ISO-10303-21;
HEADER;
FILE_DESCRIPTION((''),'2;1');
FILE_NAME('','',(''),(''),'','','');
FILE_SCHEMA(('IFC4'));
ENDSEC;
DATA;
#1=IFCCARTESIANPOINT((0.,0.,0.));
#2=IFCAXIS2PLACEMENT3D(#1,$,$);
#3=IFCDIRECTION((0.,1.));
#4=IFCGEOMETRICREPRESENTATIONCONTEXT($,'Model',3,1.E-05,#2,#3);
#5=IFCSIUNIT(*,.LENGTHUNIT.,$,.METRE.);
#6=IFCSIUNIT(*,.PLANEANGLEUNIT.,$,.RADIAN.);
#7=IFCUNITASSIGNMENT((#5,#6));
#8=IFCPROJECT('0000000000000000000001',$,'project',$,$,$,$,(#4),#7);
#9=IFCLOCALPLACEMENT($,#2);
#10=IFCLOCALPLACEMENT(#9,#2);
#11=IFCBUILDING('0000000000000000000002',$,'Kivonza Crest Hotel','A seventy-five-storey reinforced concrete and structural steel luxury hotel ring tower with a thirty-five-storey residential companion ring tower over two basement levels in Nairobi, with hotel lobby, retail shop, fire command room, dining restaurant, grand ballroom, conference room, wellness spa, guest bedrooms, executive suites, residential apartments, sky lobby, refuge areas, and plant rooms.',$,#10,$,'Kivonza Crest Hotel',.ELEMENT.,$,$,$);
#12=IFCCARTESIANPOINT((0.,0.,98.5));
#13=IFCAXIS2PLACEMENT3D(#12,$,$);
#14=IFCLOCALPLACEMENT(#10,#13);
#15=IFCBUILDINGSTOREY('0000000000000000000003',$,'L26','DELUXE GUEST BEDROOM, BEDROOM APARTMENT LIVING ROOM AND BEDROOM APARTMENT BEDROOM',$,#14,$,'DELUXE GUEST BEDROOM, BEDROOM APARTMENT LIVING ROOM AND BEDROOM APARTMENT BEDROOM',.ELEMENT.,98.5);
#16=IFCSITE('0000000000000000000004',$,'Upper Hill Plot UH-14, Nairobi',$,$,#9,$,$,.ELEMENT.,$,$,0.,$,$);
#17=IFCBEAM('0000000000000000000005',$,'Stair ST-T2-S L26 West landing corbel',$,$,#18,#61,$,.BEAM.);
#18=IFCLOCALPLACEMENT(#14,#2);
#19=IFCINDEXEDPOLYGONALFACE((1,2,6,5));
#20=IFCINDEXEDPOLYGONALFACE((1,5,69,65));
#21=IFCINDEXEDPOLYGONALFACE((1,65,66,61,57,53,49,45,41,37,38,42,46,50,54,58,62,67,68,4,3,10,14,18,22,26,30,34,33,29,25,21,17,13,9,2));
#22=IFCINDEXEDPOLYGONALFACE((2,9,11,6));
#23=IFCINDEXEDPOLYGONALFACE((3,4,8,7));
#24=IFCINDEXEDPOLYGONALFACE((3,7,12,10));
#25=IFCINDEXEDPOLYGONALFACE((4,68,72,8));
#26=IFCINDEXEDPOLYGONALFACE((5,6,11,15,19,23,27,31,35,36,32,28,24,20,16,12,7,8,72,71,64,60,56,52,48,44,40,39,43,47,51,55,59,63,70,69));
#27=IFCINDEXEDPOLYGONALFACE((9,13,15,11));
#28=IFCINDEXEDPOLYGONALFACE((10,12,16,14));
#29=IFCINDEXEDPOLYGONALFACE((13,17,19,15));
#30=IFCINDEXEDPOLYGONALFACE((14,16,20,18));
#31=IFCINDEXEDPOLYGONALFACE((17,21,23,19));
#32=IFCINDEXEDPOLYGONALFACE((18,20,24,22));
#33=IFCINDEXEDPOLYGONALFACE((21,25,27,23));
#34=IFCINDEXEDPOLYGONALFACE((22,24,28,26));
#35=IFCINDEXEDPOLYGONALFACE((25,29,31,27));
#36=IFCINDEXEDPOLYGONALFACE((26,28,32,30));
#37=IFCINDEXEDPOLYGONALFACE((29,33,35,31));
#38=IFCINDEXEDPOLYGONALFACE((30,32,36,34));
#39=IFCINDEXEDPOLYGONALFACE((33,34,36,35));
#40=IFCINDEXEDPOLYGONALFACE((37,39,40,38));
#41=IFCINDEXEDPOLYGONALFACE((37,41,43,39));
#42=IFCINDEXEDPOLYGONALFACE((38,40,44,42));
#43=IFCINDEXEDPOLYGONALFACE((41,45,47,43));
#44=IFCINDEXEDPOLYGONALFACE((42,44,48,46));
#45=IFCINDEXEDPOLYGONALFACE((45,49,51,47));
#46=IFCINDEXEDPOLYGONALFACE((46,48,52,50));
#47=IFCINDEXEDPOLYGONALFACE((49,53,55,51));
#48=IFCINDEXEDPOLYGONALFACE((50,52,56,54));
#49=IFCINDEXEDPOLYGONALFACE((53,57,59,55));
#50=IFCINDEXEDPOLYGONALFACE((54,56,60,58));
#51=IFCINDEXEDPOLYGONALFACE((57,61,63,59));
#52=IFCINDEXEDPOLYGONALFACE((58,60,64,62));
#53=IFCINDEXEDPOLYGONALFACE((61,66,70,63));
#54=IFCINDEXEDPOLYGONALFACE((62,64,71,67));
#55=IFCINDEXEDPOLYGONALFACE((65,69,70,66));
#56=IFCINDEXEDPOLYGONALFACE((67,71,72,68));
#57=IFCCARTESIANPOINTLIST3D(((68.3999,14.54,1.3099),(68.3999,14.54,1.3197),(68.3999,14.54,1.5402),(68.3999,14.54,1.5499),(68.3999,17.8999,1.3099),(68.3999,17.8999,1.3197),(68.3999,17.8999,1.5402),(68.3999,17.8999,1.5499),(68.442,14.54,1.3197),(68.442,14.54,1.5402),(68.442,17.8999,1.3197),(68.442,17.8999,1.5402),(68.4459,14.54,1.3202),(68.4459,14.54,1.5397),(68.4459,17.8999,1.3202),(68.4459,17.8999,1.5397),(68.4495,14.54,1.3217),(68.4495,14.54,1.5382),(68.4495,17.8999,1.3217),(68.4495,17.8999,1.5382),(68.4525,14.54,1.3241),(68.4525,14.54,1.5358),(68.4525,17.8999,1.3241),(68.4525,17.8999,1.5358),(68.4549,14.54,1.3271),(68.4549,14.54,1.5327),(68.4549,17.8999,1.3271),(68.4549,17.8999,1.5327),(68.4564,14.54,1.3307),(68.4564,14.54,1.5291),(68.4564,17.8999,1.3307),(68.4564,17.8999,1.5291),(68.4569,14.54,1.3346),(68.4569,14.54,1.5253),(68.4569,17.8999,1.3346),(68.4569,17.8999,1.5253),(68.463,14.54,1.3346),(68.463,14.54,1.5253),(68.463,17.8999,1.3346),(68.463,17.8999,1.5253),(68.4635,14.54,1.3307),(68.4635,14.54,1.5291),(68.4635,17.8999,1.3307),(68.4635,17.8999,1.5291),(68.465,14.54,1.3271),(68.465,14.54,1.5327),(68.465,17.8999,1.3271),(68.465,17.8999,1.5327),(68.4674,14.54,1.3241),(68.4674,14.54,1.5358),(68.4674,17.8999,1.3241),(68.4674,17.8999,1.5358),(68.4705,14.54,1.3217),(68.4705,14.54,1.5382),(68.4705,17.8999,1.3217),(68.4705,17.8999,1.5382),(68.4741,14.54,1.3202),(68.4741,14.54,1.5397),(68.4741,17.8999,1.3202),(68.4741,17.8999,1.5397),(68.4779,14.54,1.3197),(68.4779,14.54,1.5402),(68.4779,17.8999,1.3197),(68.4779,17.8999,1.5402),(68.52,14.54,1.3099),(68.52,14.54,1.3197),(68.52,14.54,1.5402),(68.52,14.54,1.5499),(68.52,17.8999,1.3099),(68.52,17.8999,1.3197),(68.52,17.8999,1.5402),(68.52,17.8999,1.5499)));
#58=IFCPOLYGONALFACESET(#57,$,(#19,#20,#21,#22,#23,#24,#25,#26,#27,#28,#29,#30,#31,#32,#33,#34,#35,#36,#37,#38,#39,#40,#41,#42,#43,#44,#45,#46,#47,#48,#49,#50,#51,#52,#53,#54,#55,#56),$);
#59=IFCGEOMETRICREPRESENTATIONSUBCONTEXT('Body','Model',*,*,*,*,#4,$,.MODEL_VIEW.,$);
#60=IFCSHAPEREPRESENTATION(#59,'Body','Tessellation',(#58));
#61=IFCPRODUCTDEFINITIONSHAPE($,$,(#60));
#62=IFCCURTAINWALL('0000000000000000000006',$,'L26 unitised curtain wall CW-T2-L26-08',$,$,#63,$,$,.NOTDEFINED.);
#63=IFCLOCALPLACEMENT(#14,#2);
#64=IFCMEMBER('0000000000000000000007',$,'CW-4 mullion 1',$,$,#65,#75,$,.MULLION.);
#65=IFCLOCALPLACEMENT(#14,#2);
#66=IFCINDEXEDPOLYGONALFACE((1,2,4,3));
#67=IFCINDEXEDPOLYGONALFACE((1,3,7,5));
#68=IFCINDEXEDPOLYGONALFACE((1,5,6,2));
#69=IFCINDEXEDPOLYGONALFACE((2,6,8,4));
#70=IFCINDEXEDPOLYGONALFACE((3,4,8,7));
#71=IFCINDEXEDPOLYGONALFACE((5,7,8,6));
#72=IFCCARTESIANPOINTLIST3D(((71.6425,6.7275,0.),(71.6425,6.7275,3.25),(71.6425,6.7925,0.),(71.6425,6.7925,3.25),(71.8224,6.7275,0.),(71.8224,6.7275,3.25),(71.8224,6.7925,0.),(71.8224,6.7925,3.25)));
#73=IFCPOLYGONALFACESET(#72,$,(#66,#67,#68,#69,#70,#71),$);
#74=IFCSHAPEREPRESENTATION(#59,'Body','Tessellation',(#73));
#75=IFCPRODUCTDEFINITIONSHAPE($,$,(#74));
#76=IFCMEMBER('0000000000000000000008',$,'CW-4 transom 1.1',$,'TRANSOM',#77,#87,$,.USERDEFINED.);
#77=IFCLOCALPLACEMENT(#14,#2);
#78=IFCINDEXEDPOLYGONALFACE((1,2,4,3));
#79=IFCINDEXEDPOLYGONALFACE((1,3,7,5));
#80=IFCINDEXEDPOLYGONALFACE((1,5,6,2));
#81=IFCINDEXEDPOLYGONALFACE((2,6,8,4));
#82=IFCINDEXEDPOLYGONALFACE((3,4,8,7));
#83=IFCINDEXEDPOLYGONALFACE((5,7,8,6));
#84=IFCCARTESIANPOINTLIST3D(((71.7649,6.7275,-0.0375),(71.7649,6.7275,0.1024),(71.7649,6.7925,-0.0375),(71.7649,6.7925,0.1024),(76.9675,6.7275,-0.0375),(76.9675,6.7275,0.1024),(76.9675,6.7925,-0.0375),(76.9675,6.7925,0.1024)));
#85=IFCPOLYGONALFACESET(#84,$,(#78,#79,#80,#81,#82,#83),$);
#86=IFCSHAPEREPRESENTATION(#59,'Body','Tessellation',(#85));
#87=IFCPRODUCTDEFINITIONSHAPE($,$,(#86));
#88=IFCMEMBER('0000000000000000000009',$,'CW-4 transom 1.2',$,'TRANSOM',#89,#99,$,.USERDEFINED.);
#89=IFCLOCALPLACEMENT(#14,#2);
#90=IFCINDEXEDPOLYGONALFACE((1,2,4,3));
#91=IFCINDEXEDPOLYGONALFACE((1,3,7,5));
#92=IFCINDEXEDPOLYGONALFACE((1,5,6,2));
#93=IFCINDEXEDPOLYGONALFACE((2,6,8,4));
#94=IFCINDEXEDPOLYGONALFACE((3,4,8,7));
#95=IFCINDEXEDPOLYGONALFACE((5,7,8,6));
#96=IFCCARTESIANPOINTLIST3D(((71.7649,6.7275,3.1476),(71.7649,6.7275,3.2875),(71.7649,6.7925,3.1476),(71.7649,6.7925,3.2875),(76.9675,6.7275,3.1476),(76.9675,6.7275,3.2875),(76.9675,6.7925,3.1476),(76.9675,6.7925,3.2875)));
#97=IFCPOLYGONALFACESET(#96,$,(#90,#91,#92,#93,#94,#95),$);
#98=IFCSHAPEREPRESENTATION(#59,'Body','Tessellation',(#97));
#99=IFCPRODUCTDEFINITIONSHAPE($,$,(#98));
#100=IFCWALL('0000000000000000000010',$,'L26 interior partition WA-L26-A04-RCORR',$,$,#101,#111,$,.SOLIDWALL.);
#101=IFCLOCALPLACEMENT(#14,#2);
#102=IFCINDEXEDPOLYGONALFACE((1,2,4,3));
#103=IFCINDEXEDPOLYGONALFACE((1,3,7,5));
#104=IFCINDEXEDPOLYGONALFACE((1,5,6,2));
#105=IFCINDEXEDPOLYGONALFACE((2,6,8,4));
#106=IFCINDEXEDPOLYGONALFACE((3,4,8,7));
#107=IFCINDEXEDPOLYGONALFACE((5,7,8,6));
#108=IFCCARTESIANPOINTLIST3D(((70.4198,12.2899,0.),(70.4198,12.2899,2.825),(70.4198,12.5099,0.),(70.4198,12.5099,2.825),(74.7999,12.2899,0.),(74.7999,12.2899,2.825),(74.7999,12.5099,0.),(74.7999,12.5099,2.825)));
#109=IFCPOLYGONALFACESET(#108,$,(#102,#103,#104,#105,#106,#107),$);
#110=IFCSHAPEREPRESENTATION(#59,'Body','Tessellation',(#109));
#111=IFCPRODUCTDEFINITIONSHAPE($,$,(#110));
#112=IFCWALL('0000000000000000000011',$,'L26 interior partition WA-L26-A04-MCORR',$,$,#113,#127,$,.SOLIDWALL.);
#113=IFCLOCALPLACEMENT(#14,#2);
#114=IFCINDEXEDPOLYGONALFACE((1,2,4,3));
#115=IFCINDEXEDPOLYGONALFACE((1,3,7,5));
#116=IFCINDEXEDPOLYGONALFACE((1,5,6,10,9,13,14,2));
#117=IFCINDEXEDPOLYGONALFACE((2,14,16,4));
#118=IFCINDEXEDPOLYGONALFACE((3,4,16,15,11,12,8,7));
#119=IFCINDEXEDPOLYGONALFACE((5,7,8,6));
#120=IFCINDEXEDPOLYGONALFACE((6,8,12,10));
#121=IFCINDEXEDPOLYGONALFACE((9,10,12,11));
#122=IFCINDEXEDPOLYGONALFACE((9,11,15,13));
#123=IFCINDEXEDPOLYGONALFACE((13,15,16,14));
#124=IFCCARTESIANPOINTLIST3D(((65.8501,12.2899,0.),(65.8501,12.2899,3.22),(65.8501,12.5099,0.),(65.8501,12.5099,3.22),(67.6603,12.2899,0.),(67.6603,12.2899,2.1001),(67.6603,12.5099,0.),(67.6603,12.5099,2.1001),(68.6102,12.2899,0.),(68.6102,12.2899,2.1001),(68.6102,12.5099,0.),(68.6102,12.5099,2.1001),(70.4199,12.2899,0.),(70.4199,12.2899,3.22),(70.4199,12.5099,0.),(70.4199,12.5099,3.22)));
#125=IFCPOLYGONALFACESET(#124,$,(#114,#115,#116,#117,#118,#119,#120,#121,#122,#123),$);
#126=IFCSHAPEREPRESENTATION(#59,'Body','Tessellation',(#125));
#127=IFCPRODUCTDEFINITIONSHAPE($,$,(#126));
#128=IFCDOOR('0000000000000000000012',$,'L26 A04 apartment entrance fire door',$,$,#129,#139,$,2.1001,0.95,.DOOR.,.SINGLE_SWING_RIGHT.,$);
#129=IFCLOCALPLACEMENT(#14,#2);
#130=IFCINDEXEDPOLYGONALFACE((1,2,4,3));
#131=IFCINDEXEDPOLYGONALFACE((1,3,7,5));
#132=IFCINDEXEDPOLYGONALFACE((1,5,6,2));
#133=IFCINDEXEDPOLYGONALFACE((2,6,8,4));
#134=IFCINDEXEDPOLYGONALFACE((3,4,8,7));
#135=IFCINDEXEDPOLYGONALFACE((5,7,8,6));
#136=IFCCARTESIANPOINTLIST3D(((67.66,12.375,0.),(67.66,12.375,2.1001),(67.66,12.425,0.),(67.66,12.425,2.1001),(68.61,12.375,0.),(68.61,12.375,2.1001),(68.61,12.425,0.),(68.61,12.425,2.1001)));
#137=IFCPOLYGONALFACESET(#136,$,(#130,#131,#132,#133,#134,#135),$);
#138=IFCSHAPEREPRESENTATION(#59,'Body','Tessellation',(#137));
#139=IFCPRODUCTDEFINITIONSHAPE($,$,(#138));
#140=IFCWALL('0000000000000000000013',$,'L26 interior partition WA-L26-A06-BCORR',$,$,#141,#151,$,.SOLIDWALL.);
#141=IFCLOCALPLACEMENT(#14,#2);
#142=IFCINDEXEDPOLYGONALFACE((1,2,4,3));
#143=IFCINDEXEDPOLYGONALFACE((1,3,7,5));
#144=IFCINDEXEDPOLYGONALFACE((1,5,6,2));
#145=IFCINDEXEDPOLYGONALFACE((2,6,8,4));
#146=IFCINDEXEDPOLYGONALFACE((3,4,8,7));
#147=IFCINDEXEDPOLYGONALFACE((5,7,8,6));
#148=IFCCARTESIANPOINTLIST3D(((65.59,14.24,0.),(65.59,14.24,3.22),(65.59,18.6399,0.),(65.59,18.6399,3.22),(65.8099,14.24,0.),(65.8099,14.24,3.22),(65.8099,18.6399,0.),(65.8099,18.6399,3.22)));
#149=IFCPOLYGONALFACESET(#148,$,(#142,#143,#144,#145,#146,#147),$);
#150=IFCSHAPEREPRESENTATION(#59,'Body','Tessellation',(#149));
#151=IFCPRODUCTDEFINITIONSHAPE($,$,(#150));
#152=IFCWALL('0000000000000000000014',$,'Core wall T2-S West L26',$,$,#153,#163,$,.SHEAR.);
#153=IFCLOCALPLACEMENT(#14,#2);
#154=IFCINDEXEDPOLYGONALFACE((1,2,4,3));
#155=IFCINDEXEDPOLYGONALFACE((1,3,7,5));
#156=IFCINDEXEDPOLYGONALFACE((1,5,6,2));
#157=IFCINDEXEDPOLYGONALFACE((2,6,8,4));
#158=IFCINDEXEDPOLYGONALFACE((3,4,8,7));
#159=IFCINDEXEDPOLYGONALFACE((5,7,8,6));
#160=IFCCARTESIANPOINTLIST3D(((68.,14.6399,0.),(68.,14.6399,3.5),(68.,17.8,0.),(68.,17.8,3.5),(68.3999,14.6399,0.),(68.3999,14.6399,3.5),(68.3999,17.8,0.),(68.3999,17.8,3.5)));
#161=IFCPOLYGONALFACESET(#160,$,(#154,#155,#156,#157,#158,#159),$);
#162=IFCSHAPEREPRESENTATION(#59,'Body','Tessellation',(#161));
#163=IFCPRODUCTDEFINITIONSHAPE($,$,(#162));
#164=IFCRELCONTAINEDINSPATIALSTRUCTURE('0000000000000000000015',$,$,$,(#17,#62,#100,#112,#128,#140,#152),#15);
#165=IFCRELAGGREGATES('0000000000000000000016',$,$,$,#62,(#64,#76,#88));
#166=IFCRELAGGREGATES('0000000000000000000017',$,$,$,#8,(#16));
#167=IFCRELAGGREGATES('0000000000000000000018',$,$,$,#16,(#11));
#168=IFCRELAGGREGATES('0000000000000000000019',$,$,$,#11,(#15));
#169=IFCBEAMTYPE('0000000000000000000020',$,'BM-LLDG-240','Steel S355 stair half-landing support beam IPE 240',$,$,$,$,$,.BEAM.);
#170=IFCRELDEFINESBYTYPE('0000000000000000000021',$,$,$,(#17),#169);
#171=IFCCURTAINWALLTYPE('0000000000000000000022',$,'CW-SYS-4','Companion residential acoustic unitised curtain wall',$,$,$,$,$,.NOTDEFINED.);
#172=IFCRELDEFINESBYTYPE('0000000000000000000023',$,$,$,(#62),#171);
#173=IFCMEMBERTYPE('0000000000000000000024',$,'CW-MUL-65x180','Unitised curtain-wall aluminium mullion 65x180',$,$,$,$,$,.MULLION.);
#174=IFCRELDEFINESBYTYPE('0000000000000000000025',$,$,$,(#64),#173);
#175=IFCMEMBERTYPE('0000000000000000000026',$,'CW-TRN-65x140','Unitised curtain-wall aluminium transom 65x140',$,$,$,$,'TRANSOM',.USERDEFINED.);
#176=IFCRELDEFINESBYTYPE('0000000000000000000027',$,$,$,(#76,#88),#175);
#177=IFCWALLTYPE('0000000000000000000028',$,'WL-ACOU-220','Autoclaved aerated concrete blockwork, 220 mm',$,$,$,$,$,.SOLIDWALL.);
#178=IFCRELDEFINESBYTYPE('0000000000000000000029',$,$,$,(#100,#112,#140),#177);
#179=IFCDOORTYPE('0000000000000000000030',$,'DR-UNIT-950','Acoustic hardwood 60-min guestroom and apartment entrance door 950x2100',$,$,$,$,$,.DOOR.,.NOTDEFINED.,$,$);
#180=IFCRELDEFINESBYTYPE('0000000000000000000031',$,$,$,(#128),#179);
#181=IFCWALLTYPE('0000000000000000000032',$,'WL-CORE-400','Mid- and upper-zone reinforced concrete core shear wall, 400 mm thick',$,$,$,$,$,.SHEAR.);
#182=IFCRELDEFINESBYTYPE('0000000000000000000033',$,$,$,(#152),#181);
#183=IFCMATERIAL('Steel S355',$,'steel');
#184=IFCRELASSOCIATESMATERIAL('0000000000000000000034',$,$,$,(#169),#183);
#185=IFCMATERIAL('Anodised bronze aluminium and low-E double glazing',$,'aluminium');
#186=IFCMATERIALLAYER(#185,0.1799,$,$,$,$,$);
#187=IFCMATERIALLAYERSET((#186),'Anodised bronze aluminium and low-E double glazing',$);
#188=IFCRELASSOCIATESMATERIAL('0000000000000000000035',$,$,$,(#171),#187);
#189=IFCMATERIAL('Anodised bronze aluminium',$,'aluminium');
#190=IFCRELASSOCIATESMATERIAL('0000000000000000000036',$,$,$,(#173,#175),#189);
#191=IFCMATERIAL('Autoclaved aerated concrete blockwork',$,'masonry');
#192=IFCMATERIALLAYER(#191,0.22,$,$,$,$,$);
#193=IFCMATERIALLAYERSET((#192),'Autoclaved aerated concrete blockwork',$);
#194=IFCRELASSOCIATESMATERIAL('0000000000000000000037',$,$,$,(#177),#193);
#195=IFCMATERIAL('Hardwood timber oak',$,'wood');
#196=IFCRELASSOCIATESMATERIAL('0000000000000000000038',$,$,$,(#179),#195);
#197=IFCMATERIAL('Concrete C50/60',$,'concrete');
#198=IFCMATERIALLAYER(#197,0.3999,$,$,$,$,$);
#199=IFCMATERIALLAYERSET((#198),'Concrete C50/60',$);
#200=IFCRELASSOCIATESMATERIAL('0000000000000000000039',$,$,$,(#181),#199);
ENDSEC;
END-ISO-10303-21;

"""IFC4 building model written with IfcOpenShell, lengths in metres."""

from ifc_helpers import new_model, si_unit, direction, frame, frame_2d, origin, origin_2d, place, context, subcontext, project, spatial, rectangle, i_section, extrude, material, layer, layer_set, material_profile, profile_set, type_object, element, fill, aggregate, save


model = new_model("IFC4")

# Units and contexts
model_context = context("Model", 3, precision=1e-05, world=origin(), true_north=direction((0.0, 1.0)))
body_context = subcontext(model_context, "Body", "Model", "MODEL_VIEW")
ifc_project = project(units=[si_unit("LENGTHUNIT", "METRE"), si_unit("PLANEANGLEUNIT", "RADIAN")], contexts=[model_context])

# Site, building, storey
site_placement = place(None, origin())
site = spatial("IfcSite", under=ifc_project, at=site_placement, Name="Upper Hill Plot UH-14, Nairobi", CompositionType="ELEMENT", RefElevation=0.0)
building_placement = place(site_placement, origin())
building = spatial("IfcBuilding", under=site, at=building_placement, Name="Kivonza Crest Hotel", Description="A seventy-five-storey reinforced concrete and structural steel luxury hotel ring tower with a thirty-five-storey residential companion ring tower over two basement levels in Nairobi, with hotel lobby, retail shop, fire command room, dining restaurant, grand ballroom, conference room, wellness spa, guest bedrooms, executive suites, residential apartments, sky lobby, refuge areas, and plant rooms.", LongName="Kivonza Crest Hotel", CompositionType="ELEMENT")
storey_placement = place(building_placement, frame((0.0, 0.0, 98.5)))
storey = spatial("IfcBuildingStorey", under=building, at=storey_placement, Name="L26", Description="DELUXE GUEST BEDROOM, BEDROOM APARTMENT LIVING ROOM AND BEDROOM APARTMENT BEDROOM", LongName="DELUXE GUEST BEDROOM, BEDROOM APARTMENT LIVING ROOM AND BEDROOM APARTMENT BEDROOM", CompositionType="ELEMENT", Elevation=98.5)

# Shared definitions
ifc_material_1 = material(Name="Concrete C50/60", Category="concrete")

# Beam
ifc_material_2 = material(Name="Steel S355", Category="steel")
ifc_material_profile_1 = material_profile(ifc_material_2, i_section(OverallWidth=0.1201, OverallDepth=0.24, WebThickness=0.0061, FlangeThickness=0.0098, FilletRadius=0.0149, at=origin_2d()), Name="IPE 240")
ifc_profile_set_1 = profile_set([ifc_material_profile_1], Name="Steel S355")
beam_type_1 = type_object("IfcBeamType", Name="BM-LLDG-240", Description="Steel S355 stair half-landing support beam IPE 240", PredefinedType="BEAM", material=ifc_profile_set_1)
beam_1_placement = place(storey_placement, frame((68.46, 14.54, 1.4299), z_axis=(0.0, 1.0, 0.0), x_axis=(-1.0, 0.0, 0.0)))
element("IfcBeam", 1, at=beam_1_placement, inside=storey, type_object=beam_type_1, Name="Stair ST-T2-S L26 West landing corbel", PredefinedType="BEAM", context=body_context, shape_type="SweptSolid", body=[
    extrude(i_section(OverallWidth=0.1201, OverallDepth=0.24, WebThickness=0.0061, FlangeThickness=0.0098, FilletRadius=0.0149, at=origin_2d()), origin(), (0.0, 0.0, 1.0), 3.3599),
])

# Curtain wall, members
ifc_material_3 = material(Name="Anodised bronze aluminium and low-E double glazing", Category="aluminium")
ifc_layer_1 = layer(ifc_material_3, 0.1799)
ifc_layer_set_1 = layer_set([ifc_layer_1], Name="Anodised bronze aluminium and low-E double glazing")
curtain_wall_type = type_object("IfcCurtainWallType", Name="CW-SYS-4", Description="Companion residential acoustic unitised curtain wall", PredefinedType="NOTDEFINED", material=ifc_layer_set_1)
curtain_wall_placement = place(storey_placement, origin())
curtain_wall = element("IfcCurtainWall", 2, at=curtain_wall_placement, inside=storey, type_object=curtain_wall_type, Name="L26 unitised curtain wall CW-T2-L26-08", PredefinedType="NOTDEFINED")
ifc_material_4 = material(Name="Anodised bronze aluminium", Category="aluminium")
ifc_material_profile_2 = material_profile(ifc_material_4, rectangle(XDim=0.0649, YDim=0.1799, at=origin_2d()), Name="CW-M 65x180")
ifc_profile_set_2 = profile_set([ifc_material_profile_2], Name="Anodised bronze aluminium")
member_type_1 = type_object("IfcMemberType", Name="CW-MUL-65x180", Description="Unitised curtain-wall aluminium mullion 65x180", PredefinedType="MULLION", material=ifc_profile_set_2)
member_1_placement = place(storey_placement, frame((71.7324, 6.76, 0.0), z_axis=(0.0, 0.0, 1.0), x_axis=(0.0, 1.0, 0.0)))
member_1 = element("IfcMember", 3, at=member_1_placement, type_object=member_type_1, Name="CW-4 mullion 1", PredefinedType="MULLION", context=body_context, shape_type="SweptSolid", body=[
    extrude(rectangle(XDim=0.0649, YDim=0.1799, at=origin_2d()), origin(), (0.0, 0.0, 1.0), 3.25),
])
ifc_material_profile_3 = material_profile(ifc_material_4, rectangle(XDim=0.0649, YDim=0.1399, at=origin_2d()), Name="CW-T 65x140")
ifc_profile_set_3 = profile_set([ifc_material_profile_3], Name="Anodised bronze aluminium")
member_type_2 = type_object("IfcMemberType", Name="CW-TRN-65x140", Description="Unitised curtain-wall aluminium transom 65x140", ElementType="TRANSOM", PredefinedType="USERDEFINED", material=ifc_profile_set_3)
member_2_placement = place(storey_placement, frame((71.7649, 6.76, 0.0325), z_axis=(1.0, 0.0, 0.0), x_axis=(0.0, 1.0, 0.0)))
member_2 = element("IfcMember", 4, at=member_2_placement, type_object=member_type_2, Name="CW-4 transom 1.1", ObjectType="TRANSOM", PredefinedType="USERDEFINED", context=body_context, shape_type="SweptSolid", body=[
    extrude(rectangle(XDim=0.0649, YDim=0.1399, at=origin_2d()), origin(), (0.0, 0.0, 1.0), 5.2026),
])
member_3_placement = place(storey_placement, frame((71.7649, 6.76, 3.2175), z_axis=(1.0, 0.0, 0.0), x_axis=(0.0, 1.0, 0.0)))
member_3 = element("IfcMember", 5, at=member_3_placement, type_object=member_type_2, Name="CW-4 transom 1.2", ObjectType="TRANSOM", PredefinedType="USERDEFINED", context=body_context, shape_type="SweptSolid", body=[
    extrude(rectangle(XDim=0.0649, YDim=0.1399, at=origin_2d()), origin(), (0.0, 0.0, 1.0), 5.2026),
])
aggregate(curtain_wall, [member_1, member_2, member_3])

# Wall
ifc_material_5 = material(Name="Autoclaved aerated concrete blockwork", Category="masonry")
ifc_layer_2 = layer(ifc_material_5, 0.22)
ifc_layer_set_2 = layer_set([ifc_layer_2], Name="Autoclaved aerated concrete blockwork")
wall_type_1 = type_object("IfcWallType", Name="WL-ACOU-220", Description="Autoclaved aerated concrete blockwork, 220 mm", PredefinedType="SOLIDWALL", material=ifc_layer_set_2)
wall_1_placement = place(storey_placement, frame((70.4199, 12.3999, 0.0), z_axis=(0.0, 0.0, 1.0), x_axis=(1.0, 0.0, 0.0)))
element("IfcWall", 6, at=wall_1_placement, inside=storey, type_object=wall_type_1, Name="L26 interior partition WA-L26-A04-RCORR", PredefinedType="SOLIDWALL", context=body_context, shape_type="SweptSolid", body=[
    extrude(rectangle(XDim=4.3801, YDim=0.22, at=frame_2d((2.1899, 0.0))), origin(), (0.0, 0.0, 1.0), 2.825),
])

# Wall, opening, door
wall_2_placement = place(storey_placement, frame((65.8501, 12.3999, 0.0), z_axis=(0.0, 0.0, 1.0), x_axis=(1.0, 0.0, 0.0)))
wall_2 = element("IfcWall", 7, at=wall_2_placement, inside=storey, type_object=wall_type_1, Name="L26 interior partition WA-L26-A04-MCORR", PredefinedType="SOLIDWALL", context=body_context, shape_type="SweptSolid", body=[
    extrude(rectangle(XDim=4.5698, YDim=0.22, at=frame_2d((2.2849, 0.0))), origin(), (0.0, 0.0, 1.0), 3.22),
])
opening_1_placement = place(wall_2_placement, frame((1.8101, 0.0, 0.0)))
opening_1 = element("IfcOpeningElement", 8, at=opening_1_placement, cuts=wall_2, PredefinedType="OPENING", context=body_context, shape_type="SweptSolid", body=[
    extrude(rectangle(XDim=0.95, YDim=2.1001, at=frame_2d((0.4751, 1.05))), frame((0.0, 0.1201, 0.0), z_axis=(0.0, -1.0, 0.0), x_axis=(1.0, 0.0, 0.0)), (0.0, 0.0, 1.0), 0.24),
])
ifc_material_6 = material(Name="Hardwood timber oak", Category="wood")
door_type_1 = type_object("IfcDoorType", Name="DR-UNIT-950", Description="Acoustic hardwood 60-min guestroom and apartment entrance door 950x2100", OperationType="NOTDEFINED", PredefinedType="DOOR", material=ifc_material_6)
door_1_placement = place(opening_1_placement, frame((0.95, 0.0, 0.0), z_axis=(0.0, 0.0, 1.0), x_axis=(-1.0, 0.0, 0.0)))
door_1 = element("IfcDoor", 9, at=door_1_placement, inside=storey, type_object=door_type_1, Name="L26 A04 apartment entrance fire door", OperationType="SINGLE_SWING_RIGHT", OverallHeight=2.1001, OverallWidth=0.95, PredefinedType="DOOR", context=body_context, shape_type="SweptSolid", body=[
    extrude(rectangle(XDim=0.95, YDim=2.1001, at=frame_2d((0.4751, 1.05))), frame((0.0, 0.0249, 0.0), z_axis=(0.0, -1.0, 0.0), x_axis=(1.0, 0.0, 0.0)), (0.0, 0.0, 1.0), 0.05),
])
fill(opening_1, door_1)

# Wall
wall_3_placement = place(storey_placement, frame((65.7, 14.24, 0.0), z_axis=(0.0, 0.0, 1.0), x_axis=(0.0, 1.0, 0.0)))
element("IfcWall", 10, at=wall_3_placement, inside=storey, type_object=wall_type_1, Name="L26 interior partition WA-L26-A06-BCORR", PredefinedType="SOLIDWALL", context=body_context, shape_type="SweptSolid", body=[
    extrude(rectangle(XDim=4.3999, YDim=0.22, at=frame_2d((2.2, 0.0))), origin(), (0.0, 0.0, 1.0), 3.22),
])

# Shared definitions
ifc_layer_3 = layer(ifc_material_1, 0.3999)
ifc_layer_set_3 = layer_set([ifc_layer_3], Name="Concrete C50/60")
wall_type_2 = type_object("IfcWallType", Name="WL-CORE-400", Description="Mid- and upper-zone reinforced concrete core shear wall, 400 mm thick", PredefinedType="SHEAR", material=ifc_layer_set_3)

# Wall
wall_4_placement = place(storey_placement, frame((68.2, 14.6399, 0.0), z_axis=(0.0, 0.0, 1.0), x_axis=(0.0, 1.0, 0.0)))
element("IfcWall", 11, at=wall_4_placement, inside=storey, type_object=wall_type_2, Name="Core wall T2-S West L26", PredefinedType="SHEAR", context=body_context, shape_type="SweptSolid", body=[
    extrude(rectangle(XDim=3.1602, YDim=0.3999, at=frame_2d((1.5801, 0.0))), origin(), (0.0, 0.0, 1.0), 3.5),
])

save(model, "model.ifc")
